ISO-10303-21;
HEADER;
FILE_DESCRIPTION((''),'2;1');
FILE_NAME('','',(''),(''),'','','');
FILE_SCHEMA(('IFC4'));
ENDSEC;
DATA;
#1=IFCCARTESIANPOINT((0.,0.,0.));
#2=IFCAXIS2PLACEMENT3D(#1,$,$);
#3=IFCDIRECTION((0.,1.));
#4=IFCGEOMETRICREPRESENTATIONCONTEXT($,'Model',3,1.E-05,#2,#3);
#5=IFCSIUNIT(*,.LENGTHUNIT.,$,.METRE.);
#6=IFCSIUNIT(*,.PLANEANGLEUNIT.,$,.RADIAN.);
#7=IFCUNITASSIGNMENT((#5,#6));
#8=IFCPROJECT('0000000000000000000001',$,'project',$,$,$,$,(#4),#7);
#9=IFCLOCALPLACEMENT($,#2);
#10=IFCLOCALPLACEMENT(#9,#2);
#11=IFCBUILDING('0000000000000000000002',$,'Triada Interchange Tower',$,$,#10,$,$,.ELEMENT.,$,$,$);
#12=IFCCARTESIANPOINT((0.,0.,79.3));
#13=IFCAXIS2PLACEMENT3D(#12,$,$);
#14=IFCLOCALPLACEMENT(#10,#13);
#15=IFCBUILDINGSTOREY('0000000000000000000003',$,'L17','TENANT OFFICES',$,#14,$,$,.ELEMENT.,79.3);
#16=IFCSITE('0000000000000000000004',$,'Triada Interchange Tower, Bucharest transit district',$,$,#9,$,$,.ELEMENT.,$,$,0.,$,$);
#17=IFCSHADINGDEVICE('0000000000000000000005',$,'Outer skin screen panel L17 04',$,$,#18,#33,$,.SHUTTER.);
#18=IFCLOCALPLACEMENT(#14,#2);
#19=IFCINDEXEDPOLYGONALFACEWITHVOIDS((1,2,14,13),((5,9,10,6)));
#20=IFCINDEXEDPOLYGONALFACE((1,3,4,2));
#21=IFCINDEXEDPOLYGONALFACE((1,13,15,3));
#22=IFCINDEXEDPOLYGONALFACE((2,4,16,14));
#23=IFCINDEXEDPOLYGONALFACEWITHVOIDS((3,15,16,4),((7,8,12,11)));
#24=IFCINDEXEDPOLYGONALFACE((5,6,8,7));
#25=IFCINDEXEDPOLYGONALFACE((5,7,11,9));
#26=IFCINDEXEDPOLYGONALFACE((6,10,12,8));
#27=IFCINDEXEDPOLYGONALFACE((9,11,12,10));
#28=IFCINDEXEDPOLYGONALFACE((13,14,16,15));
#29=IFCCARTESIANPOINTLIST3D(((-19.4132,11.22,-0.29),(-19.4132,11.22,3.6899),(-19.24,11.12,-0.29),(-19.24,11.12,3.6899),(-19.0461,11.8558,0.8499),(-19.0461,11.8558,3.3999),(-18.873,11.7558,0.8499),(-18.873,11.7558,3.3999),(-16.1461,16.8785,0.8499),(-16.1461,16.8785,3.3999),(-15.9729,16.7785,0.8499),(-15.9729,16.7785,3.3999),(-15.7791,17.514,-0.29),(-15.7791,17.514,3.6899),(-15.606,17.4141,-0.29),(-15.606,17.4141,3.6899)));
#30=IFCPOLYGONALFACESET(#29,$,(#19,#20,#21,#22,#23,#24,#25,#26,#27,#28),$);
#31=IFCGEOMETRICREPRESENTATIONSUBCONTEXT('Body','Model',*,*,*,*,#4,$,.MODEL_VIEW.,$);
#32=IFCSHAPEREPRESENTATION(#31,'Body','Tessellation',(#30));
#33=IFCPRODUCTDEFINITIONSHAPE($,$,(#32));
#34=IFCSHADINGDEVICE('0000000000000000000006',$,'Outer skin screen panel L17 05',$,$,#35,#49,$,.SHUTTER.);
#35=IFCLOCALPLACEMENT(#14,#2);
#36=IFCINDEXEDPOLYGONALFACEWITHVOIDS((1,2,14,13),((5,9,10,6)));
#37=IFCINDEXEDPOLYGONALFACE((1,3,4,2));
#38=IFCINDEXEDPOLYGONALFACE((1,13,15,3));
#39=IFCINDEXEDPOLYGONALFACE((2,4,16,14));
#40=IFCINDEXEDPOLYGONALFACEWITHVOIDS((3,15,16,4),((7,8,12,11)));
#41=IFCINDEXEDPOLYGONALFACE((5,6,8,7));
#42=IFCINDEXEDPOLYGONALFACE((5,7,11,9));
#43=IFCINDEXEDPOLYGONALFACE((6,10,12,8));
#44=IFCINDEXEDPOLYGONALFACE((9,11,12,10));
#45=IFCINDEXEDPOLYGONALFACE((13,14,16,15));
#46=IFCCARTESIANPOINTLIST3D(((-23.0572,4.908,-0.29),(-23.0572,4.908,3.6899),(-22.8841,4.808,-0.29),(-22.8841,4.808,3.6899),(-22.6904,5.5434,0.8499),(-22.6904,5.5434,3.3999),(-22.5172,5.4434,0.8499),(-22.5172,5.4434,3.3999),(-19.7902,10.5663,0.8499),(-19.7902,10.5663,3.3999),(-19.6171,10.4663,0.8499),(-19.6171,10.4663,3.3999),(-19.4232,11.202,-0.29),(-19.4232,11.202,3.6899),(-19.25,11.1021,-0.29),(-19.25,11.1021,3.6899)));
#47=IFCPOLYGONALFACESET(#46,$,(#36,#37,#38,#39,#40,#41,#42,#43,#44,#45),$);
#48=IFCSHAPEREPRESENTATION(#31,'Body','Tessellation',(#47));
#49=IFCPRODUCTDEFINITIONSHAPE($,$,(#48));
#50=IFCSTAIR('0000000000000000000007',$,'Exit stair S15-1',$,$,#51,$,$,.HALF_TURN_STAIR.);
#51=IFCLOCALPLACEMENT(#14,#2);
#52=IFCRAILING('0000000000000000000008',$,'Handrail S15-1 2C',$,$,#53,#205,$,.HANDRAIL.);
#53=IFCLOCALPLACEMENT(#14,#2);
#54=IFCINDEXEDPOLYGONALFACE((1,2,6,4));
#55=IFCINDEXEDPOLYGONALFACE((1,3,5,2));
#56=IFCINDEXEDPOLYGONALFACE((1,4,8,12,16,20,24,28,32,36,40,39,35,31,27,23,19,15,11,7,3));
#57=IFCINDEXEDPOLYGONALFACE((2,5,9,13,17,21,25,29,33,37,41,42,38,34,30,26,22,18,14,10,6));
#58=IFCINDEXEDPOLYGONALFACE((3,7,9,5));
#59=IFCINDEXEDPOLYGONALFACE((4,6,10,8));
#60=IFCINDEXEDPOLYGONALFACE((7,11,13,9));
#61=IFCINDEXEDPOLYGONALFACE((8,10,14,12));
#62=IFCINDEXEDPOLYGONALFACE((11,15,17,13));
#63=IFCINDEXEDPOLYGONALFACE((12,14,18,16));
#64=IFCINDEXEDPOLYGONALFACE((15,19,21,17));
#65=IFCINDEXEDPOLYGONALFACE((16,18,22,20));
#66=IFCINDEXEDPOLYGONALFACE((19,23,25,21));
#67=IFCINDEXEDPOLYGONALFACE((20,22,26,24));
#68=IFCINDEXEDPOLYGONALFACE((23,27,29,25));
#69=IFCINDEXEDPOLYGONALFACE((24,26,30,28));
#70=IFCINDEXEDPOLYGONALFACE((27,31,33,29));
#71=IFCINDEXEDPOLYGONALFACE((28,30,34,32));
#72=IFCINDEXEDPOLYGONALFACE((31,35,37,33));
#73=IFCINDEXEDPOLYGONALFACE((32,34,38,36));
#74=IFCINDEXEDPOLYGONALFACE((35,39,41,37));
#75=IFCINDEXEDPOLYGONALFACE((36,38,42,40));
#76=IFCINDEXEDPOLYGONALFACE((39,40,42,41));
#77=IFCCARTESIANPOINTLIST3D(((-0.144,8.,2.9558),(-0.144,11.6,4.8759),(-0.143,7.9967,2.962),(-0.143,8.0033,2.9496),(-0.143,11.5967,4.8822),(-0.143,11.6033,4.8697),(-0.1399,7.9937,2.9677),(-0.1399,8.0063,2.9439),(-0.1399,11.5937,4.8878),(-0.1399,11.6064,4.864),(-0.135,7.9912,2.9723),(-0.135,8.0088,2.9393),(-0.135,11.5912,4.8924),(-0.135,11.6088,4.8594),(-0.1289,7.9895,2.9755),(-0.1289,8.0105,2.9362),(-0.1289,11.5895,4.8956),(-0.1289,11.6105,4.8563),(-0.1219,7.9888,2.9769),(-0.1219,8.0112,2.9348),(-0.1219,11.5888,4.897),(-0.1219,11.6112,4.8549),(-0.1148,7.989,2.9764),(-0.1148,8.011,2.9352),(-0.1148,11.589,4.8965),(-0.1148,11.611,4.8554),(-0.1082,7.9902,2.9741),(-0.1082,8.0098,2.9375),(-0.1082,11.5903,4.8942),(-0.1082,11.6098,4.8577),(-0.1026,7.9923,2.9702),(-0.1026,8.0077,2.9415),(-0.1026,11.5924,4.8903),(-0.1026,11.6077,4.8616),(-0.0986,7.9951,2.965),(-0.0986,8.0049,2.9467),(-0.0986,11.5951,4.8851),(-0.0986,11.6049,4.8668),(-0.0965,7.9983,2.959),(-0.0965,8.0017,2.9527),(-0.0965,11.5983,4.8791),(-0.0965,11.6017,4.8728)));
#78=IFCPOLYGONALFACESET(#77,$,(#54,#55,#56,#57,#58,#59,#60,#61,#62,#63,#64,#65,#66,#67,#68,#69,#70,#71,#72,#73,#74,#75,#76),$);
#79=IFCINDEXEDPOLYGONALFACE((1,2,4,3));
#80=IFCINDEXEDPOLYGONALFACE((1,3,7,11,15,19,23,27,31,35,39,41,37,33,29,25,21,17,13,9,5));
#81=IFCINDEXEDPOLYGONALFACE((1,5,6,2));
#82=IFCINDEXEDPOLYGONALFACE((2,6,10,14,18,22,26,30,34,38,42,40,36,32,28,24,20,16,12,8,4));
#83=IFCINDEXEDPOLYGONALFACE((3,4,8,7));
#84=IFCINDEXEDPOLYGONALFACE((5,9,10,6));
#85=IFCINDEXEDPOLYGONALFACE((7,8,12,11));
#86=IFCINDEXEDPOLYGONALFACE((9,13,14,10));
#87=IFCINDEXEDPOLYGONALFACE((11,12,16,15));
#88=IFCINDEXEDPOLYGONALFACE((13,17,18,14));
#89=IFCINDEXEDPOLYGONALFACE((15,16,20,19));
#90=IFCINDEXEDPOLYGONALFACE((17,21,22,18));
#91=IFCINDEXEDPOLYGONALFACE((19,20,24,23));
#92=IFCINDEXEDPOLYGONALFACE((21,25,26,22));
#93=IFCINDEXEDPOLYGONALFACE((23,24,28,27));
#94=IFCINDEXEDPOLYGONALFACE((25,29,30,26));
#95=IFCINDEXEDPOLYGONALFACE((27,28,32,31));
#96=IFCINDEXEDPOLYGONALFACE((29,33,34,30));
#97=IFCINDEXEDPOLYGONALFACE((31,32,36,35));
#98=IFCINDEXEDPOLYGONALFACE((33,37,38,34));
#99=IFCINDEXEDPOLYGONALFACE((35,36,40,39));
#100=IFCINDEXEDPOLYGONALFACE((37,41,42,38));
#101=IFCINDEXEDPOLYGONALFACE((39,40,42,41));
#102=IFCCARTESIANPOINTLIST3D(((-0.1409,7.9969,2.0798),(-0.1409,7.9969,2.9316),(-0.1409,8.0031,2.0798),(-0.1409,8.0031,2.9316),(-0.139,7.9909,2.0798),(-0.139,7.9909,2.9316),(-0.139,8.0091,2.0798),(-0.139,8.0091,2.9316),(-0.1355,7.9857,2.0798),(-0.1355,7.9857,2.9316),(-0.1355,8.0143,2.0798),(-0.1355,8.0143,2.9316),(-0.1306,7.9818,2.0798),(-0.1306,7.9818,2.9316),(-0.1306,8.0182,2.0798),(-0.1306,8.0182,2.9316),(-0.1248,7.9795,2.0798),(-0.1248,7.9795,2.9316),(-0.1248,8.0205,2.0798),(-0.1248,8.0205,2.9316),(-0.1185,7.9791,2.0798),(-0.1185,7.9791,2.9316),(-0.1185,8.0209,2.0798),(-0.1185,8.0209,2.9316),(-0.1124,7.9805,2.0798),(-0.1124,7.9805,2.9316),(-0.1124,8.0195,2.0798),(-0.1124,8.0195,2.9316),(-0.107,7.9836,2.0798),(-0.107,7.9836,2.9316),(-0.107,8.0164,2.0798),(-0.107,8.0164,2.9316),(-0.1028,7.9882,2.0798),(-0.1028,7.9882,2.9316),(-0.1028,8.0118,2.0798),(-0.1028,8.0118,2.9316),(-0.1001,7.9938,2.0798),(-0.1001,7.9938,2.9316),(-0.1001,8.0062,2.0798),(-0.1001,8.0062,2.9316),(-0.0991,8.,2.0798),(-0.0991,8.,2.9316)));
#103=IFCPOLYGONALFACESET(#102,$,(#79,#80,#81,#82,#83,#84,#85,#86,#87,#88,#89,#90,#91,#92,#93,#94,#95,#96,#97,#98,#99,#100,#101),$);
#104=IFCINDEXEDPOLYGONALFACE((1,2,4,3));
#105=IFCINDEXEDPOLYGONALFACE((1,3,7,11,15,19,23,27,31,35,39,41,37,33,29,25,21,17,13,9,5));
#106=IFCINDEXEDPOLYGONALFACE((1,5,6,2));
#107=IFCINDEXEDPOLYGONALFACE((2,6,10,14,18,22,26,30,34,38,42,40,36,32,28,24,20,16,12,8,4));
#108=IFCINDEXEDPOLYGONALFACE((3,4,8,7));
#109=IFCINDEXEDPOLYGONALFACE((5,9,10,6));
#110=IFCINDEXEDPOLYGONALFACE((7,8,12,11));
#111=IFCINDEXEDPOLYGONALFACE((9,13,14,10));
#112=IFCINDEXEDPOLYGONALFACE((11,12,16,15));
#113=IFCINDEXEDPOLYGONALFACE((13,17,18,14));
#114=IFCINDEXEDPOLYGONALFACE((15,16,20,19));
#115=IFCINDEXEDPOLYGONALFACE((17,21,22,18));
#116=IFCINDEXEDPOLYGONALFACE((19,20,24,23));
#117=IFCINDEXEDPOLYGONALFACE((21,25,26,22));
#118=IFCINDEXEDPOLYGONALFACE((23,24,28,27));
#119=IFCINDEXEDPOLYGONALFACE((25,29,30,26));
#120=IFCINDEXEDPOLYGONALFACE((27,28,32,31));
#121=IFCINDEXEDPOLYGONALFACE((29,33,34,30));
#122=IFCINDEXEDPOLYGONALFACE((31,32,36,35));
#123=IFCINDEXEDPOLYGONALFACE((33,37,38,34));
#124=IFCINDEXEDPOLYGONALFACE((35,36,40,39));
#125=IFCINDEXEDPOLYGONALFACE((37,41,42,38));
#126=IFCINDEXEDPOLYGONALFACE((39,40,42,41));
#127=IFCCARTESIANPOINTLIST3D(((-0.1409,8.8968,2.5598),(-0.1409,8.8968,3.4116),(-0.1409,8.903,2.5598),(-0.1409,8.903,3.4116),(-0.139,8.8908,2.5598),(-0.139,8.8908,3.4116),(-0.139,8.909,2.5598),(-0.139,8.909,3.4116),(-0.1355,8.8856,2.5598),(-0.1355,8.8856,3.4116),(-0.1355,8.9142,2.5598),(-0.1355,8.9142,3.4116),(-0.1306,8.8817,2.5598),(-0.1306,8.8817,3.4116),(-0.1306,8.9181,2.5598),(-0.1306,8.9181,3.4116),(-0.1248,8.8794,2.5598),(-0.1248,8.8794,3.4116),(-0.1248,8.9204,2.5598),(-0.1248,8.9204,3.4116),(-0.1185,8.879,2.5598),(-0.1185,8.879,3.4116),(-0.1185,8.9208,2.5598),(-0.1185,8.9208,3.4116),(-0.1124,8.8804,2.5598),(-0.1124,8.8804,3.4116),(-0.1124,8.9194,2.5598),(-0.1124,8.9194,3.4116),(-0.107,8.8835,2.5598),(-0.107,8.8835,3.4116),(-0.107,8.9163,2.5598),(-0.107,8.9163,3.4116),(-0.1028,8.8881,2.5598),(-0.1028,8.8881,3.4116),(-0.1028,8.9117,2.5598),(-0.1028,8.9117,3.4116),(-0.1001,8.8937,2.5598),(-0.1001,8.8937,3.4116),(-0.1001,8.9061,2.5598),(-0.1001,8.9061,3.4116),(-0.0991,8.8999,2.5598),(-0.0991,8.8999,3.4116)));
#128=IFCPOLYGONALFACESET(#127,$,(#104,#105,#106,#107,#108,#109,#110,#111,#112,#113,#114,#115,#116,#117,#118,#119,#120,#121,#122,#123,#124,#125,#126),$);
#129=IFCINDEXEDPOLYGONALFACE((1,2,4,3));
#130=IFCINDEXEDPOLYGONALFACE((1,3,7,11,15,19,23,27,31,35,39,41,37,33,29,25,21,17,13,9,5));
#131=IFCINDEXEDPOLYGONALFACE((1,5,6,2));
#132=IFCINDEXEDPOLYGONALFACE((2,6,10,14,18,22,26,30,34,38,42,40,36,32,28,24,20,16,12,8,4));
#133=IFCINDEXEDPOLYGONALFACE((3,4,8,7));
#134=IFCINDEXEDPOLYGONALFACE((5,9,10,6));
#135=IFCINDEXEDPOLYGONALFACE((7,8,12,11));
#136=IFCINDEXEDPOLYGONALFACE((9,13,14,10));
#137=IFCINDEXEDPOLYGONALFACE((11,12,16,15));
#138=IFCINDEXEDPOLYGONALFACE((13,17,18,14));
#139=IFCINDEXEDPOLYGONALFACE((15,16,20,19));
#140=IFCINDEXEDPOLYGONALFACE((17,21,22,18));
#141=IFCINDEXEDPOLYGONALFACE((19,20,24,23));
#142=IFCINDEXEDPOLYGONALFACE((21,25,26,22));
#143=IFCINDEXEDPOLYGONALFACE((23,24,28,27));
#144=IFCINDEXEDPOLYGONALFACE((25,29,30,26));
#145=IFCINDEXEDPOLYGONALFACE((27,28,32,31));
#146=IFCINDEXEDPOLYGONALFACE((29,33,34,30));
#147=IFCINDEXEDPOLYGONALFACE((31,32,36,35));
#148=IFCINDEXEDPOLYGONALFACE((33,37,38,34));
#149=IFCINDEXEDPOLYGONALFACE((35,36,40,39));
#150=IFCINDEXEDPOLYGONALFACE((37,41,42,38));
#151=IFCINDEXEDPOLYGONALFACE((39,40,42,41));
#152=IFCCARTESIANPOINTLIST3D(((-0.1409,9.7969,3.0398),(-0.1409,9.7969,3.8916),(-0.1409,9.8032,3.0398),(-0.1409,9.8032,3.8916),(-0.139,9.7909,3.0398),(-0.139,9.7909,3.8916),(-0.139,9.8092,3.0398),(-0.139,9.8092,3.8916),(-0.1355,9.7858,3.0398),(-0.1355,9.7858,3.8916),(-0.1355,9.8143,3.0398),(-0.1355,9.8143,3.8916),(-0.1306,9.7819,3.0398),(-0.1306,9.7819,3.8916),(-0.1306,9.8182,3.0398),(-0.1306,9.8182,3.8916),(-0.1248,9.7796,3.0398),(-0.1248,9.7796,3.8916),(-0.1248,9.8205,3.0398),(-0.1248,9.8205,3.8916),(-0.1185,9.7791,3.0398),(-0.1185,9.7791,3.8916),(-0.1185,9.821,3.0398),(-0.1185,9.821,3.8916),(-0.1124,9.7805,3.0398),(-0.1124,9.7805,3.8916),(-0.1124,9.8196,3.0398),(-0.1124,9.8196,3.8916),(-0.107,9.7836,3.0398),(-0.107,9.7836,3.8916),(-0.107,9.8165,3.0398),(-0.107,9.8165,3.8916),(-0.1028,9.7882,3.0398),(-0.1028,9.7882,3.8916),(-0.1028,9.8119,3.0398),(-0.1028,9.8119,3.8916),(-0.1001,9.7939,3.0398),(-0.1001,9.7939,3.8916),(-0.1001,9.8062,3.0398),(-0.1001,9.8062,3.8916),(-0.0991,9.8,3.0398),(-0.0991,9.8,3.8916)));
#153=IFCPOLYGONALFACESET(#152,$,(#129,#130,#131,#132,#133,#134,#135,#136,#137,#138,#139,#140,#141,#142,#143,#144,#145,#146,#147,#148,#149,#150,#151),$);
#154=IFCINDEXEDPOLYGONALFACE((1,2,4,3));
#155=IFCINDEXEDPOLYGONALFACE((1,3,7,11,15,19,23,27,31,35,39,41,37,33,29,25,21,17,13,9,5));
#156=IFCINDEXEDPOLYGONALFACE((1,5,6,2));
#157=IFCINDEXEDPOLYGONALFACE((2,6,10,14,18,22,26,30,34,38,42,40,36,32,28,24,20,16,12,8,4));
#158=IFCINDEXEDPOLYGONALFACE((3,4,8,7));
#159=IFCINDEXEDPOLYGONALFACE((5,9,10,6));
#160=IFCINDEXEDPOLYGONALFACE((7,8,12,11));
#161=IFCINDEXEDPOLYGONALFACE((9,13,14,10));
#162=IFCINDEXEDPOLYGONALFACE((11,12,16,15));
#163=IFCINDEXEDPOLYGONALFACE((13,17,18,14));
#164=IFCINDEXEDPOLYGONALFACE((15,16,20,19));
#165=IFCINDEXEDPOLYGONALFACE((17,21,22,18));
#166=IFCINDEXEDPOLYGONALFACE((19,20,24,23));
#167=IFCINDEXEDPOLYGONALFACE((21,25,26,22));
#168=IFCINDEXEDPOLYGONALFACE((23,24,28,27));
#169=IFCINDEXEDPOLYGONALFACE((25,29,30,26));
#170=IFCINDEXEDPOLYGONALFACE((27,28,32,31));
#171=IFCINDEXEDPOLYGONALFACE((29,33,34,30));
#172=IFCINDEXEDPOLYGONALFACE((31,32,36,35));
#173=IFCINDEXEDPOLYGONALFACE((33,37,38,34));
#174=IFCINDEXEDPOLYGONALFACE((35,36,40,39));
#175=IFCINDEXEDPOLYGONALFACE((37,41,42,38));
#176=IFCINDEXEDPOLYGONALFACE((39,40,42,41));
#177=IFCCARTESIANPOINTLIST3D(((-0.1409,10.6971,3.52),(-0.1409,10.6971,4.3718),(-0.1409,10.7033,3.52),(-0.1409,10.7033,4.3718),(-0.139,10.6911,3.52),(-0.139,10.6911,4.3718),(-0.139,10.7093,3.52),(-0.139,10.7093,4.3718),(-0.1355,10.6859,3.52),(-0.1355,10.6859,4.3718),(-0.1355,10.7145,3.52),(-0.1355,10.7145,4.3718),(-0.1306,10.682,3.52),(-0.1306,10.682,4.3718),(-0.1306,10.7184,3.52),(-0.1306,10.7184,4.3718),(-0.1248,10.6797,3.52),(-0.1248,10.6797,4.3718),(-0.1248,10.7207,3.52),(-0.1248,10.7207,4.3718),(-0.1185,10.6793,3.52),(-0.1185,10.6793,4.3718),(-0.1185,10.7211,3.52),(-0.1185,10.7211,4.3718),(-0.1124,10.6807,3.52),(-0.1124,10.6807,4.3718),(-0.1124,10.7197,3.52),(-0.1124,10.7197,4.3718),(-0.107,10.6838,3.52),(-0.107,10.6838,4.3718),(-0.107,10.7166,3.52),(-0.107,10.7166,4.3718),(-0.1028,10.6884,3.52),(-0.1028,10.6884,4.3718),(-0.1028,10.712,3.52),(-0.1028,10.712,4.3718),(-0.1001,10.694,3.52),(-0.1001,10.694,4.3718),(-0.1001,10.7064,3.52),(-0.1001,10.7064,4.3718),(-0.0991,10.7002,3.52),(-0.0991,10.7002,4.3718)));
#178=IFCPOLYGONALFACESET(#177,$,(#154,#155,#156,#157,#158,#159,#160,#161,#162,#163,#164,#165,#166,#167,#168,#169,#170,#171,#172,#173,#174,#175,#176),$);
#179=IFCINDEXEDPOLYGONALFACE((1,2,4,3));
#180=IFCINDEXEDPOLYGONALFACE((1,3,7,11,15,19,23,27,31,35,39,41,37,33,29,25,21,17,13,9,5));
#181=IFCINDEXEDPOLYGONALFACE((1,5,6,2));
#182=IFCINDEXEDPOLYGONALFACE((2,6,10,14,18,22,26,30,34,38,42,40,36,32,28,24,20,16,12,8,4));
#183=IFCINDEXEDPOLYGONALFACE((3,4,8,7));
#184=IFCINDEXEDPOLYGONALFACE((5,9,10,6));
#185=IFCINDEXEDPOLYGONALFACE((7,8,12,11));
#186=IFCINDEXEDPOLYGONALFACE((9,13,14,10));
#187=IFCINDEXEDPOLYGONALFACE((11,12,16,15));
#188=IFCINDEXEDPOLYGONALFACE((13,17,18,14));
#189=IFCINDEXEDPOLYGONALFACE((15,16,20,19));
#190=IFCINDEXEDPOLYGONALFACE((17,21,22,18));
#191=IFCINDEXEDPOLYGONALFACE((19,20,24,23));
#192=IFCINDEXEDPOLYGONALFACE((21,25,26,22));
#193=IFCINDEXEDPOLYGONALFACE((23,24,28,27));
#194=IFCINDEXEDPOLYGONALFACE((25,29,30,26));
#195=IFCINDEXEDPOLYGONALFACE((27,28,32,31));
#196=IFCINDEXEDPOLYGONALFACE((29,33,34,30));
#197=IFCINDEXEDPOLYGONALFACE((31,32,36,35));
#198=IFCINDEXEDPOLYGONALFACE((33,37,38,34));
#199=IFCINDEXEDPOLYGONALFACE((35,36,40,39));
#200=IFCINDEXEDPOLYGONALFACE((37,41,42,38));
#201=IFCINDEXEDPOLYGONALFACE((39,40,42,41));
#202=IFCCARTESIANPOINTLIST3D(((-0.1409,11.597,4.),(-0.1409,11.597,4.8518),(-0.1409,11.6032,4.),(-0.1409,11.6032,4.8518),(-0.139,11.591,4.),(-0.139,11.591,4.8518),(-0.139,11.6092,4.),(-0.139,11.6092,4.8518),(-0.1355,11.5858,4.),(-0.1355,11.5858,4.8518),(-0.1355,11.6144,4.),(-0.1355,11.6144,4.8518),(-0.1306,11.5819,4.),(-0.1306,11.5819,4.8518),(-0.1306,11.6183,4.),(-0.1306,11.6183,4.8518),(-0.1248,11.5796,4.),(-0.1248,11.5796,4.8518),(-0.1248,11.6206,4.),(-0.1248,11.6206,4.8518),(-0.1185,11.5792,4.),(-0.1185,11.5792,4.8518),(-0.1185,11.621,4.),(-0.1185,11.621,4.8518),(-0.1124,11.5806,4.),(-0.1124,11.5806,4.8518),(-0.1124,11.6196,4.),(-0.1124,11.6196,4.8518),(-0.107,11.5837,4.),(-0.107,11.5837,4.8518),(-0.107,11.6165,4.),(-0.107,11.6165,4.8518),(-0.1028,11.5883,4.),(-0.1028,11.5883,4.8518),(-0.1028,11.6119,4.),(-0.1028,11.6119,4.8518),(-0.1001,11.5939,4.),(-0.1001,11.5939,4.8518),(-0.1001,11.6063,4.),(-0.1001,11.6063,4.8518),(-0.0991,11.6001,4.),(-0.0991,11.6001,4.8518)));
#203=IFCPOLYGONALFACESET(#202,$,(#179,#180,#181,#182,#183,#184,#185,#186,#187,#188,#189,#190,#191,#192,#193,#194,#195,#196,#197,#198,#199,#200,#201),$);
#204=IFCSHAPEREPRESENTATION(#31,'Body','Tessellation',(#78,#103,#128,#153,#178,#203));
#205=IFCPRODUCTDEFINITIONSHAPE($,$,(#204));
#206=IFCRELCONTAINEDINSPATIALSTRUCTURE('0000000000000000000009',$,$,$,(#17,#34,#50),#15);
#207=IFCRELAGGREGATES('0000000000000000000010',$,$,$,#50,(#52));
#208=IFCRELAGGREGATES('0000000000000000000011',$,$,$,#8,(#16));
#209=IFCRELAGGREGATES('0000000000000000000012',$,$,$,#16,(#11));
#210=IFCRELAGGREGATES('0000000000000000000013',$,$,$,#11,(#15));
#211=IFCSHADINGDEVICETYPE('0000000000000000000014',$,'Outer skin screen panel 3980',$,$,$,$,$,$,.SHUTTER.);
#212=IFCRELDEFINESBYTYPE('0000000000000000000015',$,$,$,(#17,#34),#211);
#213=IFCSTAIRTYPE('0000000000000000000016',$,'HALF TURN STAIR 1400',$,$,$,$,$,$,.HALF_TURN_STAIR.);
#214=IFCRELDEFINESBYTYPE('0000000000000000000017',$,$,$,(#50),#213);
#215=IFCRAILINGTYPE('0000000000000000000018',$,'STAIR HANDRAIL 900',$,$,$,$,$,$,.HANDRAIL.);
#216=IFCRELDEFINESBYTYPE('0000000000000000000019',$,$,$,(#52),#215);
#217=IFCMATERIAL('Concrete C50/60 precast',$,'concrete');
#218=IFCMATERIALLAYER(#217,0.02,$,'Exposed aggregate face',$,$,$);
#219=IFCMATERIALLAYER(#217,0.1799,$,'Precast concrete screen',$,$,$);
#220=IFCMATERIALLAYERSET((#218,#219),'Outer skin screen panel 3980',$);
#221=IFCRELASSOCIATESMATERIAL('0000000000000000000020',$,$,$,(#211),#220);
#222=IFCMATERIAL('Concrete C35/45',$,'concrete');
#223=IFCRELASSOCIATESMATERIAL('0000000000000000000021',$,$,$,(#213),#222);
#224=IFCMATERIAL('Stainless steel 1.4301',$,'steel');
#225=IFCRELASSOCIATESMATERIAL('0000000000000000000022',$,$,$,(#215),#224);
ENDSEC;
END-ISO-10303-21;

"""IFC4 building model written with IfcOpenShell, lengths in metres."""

from ifc_helpers import new_model, si_unit, direction, frame, origin, origin_2d, place, context, subcontext, project, spatial, polyline, circle, outline, extrude, material, layer, layer_set, type_object, element, aggregate, save


model = new_model("IFC4")

# Units and contexts
model_context = context("Model", 3, precision=1e-05, world=origin(), true_north=direction((0.0, 1.0)))
body_context = subcontext(model_context, "Body", "Model", "MODEL_VIEW")
ifc_project = project(units=[si_unit("LENGTHUNIT", "METRE"), si_unit("PLANEANGLEUNIT", "RADIAN")], contexts=[model_context])

# Site, building, storey
site_placement = place(None, origin())
site = spatial("IfcSite", under=ifc_project, at=site_placement, Name="Triada Interchange Tower, Bucharest transit district", CompositionType="ELEMENT", RefElevation=0.0)
building_placement = place(site_placement, origin())
building = spatial("IfcBuilding", under=site, at=building_placement, Name="Triada Interchange Tower", CompositionType="ELEMENT")
storey_placement = place(building_placement, frame((0.0, 0.0, 79.3)))
storey = spatial("IfcBuildingStorey", under=building, at=storey_placement, Name="L17", Description="TENANT OFFICES", CompositionType="ELEMENT", Elevation=79.3)

# Shading devices
ifc_material_1 = material(Name="Concrete C50/60 precast", Category="concrete")
ifc_layer_1 = layer(ifc_material_1, 0.02, Name="Exposed aggregate face")
ifc_layer_2 = layer(ifc_material_1, 0.1799, Name="Precast concrete screen")
ifc_layer_set_1 = layer_set([ifc_layer_1, ifc_layer_2], Name="Outer skin screen panel 3980")
shading_device_type = type_object("IfcShadingDeviceType", Name="Outer skin screen panel 3980", PredefinedType="SHUTTER", material=ifc_layer_set_1)
shading_device_1_placement = place(storey_placement, frame((-15.606, 17.4141, -0.29), z_axis=(0.0, 0.0, 1.0), x_axis=(-0.500023, -0.866012, 0.0)))
element("IfcShadingDevice", 1, at=shading_device_1_placement, inside=storey, type_object=shading_device_type, Name="Outer skin screen panel L17 04", PredefinedType="SHUTTER", context=body_context, shape_type="SweptSolid", body=[
    extrude(outline(polyline([(0.0, 0.0), (7.2678, 0.0), (7.2678, 3.98), (0.0, 3.98), (0.0, 0.0)]), holes=[polyline([(0.7339, 1.1399), (0.7339, 3.6899), (6.5337, 3.6899), (6.5337, 1.1399), (0.7339, 1.1399)])]), frame((0.0, 0.0, 0.0), z_axis=(0.0, -1.0, 0.0), x_axis=(1.0, 0.0, 0.0)), (0.0, 0.0, 1.0), 0.2),
])
shading_device_2_placement = place(storey_placement, frame((-19.25, 11.1021, -0.29), z_axis=(0.0, 0.0, 1.0), x_axis=(-0.500023, -0.866012, 0.0)))
element("IfcShadingDevice", 2, at=shading_device_2_placement, inside=storey, type_object=shading_device_type, Name="Outer skin screen panel L17 05", PredefinedType="SHUTTER", context=body_context, shape_type="SweptSolid", body=[
    extrude(outline(polyline([(0.0, 0.0), (7.2678, 0.0), (7.2678, 3.98), (0.0, 3.98), (0.0, 0.0)]), holes=[polyline([(0.7341, 1.1399), (0.7341, 3.6899), (6.5342, 3.6899), (6.5342, 1.1399), (0.7341, 1.1399)])]), frame((0.0, 0.0, 0.0), z_axis=(0.0, -1.0, 0.0), x_axis=(1.0, 0.0, 0.0)), (0.0, 0.0, 1.0), 0.2),
])

# Stair, railing
ifc_material_2 = material(Name="Concrete C35/45", Category="concrete")
stair_type = type_object("IfcStairType", Name="HALF TURN STAIR 1400", PredefinedType="HALF_TURN_STAIR", material=ifc_material_2)
stair_placement = place(storey_placement, origin())
stair = element("IfcStair", 3, at=stair_placement, inside=storey, type_object=stair_type, Name="Exit stair S15-1", PredefinedType="HALF_TURN_STAIR")
ifc_material_3 = material(Name="Stainless steel 1.4301", Category="steel")
railing_type = type_object("IfcRailingType", Name="STAIR HANDRAIL 900", PredefinedType="HANDRAIL", material=ifc_material_3)
railing_placement = place(storey_placement, frame((-0.1201, 8.0, 2.0798)))
railing = element("IfcRailing", 4, at=railing_placement, type_object=railing_type, Name="Handrail S15-1 2C", PredefinedType="HANDRAIL", context=body_context, shape_type="SweptSolid", body=[
    extrude(circle(Radius=0.0239, at=origin_2d()), frame((0.0, 0.0, 0.876), z_axis=(0.0, 0.882341, 0.47061), x_axis=(-1.0, 0.0, 0.0)), (0.0, 0.0, 1.0), 4.0801),
    extrude(circle(Radius=0.021, at=origin_2d()), origin(), (0.0, 0.0, 1.0), 0.8518),
    extrude(circle(Radius=0.021, at=origin_2d()), frame((0.0, 0.8999, 0.48)), (0.0, 0.0, 1.0), 0.8518),
    extrude(circle(Radius=0.021, at=origin_2d()), frame((0.0, 1.8, 0.96)), (0.0, 0.0, 1.0), 0.8518),
    extrude(circle(Radius=0.021, at=origin_2d()), frame((0.0, 2.7002, 1.4402)), (0.0, 0.0, 1.0), 0.8518),
    extrude(circle(Radius=0.021, at=origin_2d()), frame((0.0, 3.6001, 1.9202)), (0.0, 0.0, 1.0), 0.8518),
])
aggregate(stair, [railing])

save(model, "model.ifc")
